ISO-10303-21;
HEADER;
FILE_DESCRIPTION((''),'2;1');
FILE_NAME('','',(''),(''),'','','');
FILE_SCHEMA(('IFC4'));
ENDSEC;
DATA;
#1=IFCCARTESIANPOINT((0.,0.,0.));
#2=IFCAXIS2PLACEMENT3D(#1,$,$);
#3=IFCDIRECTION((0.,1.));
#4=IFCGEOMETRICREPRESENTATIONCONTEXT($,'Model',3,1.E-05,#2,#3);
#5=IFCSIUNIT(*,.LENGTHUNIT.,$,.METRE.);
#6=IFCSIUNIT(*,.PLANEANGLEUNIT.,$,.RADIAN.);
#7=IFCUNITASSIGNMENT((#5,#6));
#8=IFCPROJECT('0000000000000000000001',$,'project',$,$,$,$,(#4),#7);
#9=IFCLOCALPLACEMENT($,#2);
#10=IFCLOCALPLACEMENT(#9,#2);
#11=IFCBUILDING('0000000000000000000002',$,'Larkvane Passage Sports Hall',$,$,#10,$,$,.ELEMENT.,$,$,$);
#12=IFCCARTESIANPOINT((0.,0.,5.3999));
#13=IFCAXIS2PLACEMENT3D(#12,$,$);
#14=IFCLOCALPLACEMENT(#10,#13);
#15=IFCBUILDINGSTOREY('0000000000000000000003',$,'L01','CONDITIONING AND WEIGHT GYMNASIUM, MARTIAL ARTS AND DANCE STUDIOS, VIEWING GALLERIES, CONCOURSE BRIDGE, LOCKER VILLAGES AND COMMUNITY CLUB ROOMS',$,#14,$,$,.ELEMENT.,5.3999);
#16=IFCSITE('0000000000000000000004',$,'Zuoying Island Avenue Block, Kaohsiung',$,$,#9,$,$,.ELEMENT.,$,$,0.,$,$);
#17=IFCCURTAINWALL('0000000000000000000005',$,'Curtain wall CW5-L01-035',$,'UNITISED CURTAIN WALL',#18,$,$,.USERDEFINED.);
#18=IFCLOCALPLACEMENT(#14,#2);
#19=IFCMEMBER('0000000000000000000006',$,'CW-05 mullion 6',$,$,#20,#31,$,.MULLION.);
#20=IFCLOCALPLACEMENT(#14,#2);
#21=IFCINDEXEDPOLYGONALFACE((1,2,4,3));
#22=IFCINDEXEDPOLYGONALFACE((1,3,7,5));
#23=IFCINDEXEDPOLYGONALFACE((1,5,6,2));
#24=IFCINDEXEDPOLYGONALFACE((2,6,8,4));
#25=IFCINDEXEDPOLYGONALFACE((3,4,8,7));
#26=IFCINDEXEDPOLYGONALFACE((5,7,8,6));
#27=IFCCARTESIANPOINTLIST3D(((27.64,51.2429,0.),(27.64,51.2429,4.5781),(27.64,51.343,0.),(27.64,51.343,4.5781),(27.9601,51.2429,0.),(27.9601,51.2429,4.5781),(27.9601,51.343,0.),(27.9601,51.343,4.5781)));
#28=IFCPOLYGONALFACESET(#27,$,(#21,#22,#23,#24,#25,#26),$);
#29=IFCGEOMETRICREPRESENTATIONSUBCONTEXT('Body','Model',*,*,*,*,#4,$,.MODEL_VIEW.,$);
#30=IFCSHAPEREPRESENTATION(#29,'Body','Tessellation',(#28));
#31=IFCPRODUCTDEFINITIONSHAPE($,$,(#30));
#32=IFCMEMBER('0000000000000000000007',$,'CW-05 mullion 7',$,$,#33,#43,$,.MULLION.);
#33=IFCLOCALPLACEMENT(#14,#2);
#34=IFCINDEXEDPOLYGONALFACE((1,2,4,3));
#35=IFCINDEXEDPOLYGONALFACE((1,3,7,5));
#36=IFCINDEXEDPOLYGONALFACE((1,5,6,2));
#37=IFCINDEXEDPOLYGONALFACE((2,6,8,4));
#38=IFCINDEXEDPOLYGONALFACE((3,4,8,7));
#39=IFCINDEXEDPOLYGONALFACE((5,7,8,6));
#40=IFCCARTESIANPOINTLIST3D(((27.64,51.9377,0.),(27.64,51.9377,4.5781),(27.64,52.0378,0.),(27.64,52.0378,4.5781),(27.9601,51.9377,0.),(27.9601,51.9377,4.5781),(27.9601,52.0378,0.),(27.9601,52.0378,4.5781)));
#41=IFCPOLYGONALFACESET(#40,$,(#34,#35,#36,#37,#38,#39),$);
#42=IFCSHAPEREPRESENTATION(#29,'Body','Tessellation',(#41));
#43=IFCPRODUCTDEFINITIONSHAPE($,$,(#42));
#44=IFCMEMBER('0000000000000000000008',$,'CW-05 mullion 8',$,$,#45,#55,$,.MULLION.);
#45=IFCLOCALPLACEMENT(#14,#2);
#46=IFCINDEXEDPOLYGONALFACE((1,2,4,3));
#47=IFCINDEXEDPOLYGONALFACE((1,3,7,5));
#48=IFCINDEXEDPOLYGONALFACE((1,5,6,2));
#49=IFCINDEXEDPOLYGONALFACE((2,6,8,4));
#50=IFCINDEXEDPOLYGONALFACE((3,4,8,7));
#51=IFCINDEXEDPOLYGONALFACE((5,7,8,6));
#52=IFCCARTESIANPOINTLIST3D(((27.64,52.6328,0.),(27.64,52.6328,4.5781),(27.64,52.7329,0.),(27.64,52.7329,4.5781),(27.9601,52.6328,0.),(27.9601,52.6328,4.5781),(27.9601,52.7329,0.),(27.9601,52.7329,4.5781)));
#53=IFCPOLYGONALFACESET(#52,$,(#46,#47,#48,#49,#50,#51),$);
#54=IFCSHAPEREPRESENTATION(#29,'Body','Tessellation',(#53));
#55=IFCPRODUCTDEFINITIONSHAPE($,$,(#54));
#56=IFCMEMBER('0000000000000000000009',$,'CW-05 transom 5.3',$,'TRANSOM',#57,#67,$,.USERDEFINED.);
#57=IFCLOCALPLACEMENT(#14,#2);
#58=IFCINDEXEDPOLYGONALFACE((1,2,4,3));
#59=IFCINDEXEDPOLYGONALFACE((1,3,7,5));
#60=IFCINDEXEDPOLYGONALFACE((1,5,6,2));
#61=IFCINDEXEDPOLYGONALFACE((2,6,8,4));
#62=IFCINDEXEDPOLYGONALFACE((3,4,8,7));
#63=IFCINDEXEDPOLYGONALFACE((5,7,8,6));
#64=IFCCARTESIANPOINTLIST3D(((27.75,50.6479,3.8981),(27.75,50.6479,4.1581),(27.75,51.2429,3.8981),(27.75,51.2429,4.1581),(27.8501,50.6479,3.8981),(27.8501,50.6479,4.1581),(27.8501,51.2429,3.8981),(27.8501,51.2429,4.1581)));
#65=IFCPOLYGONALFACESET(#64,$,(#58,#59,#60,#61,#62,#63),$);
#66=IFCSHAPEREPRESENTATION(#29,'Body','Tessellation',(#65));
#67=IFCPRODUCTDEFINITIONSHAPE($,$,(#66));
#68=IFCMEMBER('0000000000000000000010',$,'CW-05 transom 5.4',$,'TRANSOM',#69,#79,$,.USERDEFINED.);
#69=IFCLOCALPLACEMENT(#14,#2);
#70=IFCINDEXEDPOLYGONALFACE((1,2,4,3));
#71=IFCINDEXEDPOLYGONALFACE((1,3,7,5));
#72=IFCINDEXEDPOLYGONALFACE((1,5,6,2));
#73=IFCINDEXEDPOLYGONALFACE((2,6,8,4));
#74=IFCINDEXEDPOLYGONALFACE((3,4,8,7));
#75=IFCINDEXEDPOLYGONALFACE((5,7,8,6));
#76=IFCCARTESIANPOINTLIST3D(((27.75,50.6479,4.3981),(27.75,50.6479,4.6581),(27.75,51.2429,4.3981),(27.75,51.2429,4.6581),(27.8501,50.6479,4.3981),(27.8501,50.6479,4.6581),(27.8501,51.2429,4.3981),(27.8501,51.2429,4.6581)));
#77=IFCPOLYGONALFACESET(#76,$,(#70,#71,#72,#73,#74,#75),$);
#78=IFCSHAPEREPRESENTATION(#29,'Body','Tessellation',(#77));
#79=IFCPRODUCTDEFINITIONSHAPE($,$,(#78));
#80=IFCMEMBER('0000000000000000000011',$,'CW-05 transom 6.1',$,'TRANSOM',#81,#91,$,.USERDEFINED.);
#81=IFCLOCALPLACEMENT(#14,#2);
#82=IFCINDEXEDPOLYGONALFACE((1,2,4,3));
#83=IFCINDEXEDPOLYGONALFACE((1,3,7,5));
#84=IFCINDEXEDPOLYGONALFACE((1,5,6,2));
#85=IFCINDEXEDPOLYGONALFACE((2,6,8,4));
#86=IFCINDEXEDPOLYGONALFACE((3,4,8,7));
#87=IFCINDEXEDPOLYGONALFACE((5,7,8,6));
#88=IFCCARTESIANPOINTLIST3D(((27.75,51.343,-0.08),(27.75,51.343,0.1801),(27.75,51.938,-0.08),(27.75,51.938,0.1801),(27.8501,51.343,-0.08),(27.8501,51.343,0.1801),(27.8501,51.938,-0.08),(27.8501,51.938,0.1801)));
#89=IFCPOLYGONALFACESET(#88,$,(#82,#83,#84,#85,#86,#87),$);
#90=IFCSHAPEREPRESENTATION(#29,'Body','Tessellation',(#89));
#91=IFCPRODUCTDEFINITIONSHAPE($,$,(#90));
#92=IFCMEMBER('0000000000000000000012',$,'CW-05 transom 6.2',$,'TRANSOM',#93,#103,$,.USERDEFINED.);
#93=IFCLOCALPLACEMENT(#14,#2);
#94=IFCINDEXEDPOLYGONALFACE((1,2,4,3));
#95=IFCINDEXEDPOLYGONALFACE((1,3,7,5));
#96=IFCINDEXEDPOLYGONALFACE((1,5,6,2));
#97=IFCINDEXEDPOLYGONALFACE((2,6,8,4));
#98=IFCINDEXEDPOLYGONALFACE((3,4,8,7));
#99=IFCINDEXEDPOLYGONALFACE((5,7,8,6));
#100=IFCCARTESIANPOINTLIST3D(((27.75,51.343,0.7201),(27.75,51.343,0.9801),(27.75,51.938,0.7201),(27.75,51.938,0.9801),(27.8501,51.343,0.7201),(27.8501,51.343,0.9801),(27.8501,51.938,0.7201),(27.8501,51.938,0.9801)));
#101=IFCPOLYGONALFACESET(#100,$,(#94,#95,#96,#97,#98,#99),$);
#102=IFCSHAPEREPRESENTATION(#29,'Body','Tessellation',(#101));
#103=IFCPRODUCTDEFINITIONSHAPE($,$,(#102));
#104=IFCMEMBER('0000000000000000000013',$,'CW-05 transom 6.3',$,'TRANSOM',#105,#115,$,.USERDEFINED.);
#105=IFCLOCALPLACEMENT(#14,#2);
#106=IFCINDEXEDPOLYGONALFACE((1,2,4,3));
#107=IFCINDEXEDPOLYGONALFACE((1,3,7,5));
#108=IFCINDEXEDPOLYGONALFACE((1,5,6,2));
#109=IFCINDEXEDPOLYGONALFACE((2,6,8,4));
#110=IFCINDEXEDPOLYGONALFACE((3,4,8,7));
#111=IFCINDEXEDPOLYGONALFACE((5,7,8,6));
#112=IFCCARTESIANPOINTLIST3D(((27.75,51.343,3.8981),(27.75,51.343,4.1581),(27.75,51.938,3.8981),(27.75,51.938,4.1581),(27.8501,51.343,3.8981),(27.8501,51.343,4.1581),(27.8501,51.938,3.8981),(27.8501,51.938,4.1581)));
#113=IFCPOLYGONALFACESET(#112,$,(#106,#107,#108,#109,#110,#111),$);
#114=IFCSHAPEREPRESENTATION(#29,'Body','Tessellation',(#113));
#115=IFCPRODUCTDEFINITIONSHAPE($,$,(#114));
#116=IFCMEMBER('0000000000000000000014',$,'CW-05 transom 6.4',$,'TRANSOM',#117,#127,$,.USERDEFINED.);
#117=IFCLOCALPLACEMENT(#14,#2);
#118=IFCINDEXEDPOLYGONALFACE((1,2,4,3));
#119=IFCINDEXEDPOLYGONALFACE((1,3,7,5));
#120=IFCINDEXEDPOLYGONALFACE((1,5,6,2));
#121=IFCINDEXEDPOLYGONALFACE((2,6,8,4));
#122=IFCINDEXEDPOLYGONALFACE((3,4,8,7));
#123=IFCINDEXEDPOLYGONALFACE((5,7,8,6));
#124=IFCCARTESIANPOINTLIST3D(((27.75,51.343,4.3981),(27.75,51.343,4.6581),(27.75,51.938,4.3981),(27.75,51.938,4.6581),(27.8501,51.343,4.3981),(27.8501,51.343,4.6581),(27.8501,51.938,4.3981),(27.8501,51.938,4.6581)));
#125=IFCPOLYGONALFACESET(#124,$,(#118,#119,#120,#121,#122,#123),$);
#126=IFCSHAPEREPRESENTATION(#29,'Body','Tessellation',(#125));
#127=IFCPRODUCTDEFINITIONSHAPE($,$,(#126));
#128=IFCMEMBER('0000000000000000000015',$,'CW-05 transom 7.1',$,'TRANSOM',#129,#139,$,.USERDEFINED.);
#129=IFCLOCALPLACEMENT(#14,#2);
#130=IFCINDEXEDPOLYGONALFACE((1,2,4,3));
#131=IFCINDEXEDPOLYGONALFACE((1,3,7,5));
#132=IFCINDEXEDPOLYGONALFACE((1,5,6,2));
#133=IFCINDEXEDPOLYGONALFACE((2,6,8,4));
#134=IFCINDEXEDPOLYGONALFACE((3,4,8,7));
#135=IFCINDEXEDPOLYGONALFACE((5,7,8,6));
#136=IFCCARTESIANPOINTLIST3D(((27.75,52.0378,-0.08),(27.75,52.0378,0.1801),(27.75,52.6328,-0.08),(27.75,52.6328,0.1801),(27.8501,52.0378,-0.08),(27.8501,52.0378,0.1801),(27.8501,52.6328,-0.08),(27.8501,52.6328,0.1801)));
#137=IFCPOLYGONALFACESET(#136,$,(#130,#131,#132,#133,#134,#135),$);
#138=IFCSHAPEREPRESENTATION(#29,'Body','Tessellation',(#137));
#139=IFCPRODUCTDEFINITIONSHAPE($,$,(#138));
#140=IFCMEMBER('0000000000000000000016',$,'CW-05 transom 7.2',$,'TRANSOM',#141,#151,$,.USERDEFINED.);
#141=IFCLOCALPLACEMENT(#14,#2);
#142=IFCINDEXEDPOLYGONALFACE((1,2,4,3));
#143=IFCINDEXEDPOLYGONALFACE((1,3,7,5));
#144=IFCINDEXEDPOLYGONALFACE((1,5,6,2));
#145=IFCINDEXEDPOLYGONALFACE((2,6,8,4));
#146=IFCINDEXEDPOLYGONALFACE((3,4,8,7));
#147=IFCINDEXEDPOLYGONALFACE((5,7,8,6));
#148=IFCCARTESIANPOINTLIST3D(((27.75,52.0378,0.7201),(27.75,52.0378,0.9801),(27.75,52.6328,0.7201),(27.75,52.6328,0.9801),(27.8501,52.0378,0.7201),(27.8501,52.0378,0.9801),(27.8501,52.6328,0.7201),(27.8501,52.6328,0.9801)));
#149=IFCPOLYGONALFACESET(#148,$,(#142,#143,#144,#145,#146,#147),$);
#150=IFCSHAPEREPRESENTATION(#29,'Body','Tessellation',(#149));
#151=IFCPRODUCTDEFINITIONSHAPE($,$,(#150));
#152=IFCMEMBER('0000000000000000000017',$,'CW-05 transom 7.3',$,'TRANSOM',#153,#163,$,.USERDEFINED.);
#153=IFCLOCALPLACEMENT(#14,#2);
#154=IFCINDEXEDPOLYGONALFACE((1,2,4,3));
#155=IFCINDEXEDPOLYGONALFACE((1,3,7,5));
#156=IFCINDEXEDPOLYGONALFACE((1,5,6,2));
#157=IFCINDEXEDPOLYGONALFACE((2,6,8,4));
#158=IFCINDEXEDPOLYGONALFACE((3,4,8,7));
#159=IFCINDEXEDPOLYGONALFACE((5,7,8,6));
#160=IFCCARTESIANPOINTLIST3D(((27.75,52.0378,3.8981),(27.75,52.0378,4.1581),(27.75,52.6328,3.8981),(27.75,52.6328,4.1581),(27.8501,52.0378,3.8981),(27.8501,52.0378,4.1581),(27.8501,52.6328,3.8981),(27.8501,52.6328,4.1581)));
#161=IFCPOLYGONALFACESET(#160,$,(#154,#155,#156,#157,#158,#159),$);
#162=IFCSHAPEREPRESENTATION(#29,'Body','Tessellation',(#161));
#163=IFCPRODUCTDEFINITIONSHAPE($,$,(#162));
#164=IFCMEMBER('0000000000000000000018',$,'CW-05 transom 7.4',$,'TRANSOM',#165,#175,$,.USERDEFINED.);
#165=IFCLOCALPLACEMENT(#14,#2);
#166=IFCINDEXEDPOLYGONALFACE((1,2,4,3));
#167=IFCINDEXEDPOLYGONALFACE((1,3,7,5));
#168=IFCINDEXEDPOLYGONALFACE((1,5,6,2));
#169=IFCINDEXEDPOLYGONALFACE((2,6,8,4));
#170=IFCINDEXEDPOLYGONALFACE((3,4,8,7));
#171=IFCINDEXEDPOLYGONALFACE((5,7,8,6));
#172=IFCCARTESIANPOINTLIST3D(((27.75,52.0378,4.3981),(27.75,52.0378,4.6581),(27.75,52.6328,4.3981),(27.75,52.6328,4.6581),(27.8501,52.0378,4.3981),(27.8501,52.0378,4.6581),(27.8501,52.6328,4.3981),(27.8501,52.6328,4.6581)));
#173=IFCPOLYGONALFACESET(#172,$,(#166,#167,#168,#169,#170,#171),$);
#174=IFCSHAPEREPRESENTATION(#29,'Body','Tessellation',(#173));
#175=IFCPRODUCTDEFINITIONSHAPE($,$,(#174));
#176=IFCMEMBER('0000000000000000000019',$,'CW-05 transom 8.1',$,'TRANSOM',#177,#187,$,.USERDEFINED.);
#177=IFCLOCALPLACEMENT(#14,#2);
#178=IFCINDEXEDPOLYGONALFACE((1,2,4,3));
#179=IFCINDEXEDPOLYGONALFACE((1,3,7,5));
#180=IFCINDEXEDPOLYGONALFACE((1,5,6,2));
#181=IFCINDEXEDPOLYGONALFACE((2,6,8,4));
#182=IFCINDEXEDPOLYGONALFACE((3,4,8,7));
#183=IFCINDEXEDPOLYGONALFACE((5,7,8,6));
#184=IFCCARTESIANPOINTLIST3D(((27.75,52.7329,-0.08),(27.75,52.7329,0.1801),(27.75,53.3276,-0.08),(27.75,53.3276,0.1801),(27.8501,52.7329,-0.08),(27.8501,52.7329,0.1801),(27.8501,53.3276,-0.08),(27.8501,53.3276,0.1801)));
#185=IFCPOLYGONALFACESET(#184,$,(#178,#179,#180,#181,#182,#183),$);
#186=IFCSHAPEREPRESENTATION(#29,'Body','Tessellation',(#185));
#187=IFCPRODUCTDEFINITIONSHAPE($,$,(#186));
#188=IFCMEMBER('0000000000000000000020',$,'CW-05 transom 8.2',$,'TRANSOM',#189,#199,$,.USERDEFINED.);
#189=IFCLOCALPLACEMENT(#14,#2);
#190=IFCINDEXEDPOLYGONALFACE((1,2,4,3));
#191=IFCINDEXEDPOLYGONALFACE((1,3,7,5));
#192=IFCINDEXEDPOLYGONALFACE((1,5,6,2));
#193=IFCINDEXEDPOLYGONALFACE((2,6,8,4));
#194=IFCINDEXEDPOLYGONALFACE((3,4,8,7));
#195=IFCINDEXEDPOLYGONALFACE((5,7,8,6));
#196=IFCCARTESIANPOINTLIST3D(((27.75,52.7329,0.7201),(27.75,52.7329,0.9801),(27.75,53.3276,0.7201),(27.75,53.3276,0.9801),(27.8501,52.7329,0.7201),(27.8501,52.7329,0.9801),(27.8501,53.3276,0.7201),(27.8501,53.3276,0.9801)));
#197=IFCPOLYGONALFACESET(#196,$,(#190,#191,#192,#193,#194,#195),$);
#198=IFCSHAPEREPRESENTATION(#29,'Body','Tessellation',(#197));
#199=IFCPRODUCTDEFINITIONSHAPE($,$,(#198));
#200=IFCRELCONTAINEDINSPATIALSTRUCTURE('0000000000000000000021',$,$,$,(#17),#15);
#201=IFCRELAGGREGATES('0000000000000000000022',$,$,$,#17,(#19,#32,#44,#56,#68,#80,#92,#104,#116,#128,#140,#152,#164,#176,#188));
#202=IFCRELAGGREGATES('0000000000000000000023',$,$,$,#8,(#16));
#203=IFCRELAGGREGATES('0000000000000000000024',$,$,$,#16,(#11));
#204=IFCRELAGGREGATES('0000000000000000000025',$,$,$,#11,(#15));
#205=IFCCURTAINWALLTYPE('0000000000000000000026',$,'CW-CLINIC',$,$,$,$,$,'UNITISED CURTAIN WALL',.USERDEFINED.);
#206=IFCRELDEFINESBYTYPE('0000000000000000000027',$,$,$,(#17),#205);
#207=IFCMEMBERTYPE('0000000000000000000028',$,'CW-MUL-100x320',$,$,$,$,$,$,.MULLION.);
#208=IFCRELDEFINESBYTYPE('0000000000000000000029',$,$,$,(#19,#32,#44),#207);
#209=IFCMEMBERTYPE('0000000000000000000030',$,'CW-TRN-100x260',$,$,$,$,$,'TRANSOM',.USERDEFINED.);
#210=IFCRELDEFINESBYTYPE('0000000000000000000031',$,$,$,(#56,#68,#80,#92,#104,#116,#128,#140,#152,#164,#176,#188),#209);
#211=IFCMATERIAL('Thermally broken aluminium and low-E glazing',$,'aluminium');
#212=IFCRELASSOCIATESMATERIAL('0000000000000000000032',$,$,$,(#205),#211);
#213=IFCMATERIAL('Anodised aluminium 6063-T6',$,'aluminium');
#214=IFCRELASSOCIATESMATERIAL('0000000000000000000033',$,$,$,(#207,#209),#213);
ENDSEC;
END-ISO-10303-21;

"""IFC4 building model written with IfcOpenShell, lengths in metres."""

from ifc_helpers import new_model, si_unit, direction, frame, origin, origin_2d, place, context, subcontext, project, spatial, rectangle, extrude, material, material_profile, profile_set, type_object, element, aggregate, save


model = new_model("IFC4")

# Units and contexts
model_context = context("Model", 3, precision=1e-05, world=origin(), true_north=direction((0.0, 1.0)))
body_context = subcontext(model_context, "Body", "Model", "MODEL_VIEW")
ifc_project = project(units=[si_unit("LENGTHUNIT", "METRE"), si_unit("PLANEANGLEUNIT", "RADIAN")], contexts=[model_context])

# Site, building, storey
site_placement = place(None, origin())
site = spatial("IfcSite", under=ifc_project, at=site_placement, Name="Zuoying Island Avenue Block, Kaohsiung", CompositionType="ELEMENT", RefElevation=0.0)
building_placement = place(site_placement, origin())
building = spatial("IfcBuilding", under=site, at=building_placement, Name="Larkvane Passage Sports Hall", CompositionType="ELEMENT")
storey_placement = place(building_placement, frame((0.0, 0.0, 5.3999)))
storey = spatial("IfcBuildingStorey", under=building, at=storey_placement, Name="L01", Description="CONDITIONING AND WEIGHT GYMNASIUM, MARTIAL ARTS AND DANCE STUDIOS, VIEWING GALLERIES, CONCOURSE BRIDGE, LOCKER VILLAGES AND COMMUNITY CLUB ROOMS", CompositionType="ELEMENT", Elevation=5.3999)

# Curtain wall, members
ifc_material_1 = material(Name="Thermally broken aluminium and low-E glazing", Category="aluminium")
curtain_wall_type = type_object("IfcCurtainWallType", Name="CW-CLINIC", ElementType="UNITISED CURTAIN WALL", PredefinedType="USERDEFINED", material=ifc_material_1)
curtain_wall_placement = place(storey_placement, origin())
curtain_wall = element("IfcCurtainWall", 1, at=curtain_wall_placement, inside=storey, type_object=curtain_wall_type, Name="Curtain wall CW5-L01-035", ObjectType="UNITISED CURTAIN WALL", PredefinedType="USERDEFINED")
ifc_material_2 = material(Name="Anodised aluminium 6063-T6", Category="aluminium")
ifc_material_profile_1 = material_profile(ifc_material_2, rectangle(XDim=0.1001, YDim=0.3201, at=origin_2d()), Name="ALU-MUL-100x320")
ifc_profile_set_1 = profile_set([ifc_material_profile_1], Name="Anodised aluminium 6063-T6")
member_type_1 = type_object("IfcMemberType", Name="CW-MUL-100x320", PredefinedType="MULLION", material=ifc_profile_set_1)
member_1_placement = place(storey_placement, frame((27.8, 51.293, 0.0), z_axis=(0.0, 0.0, 1.0), x_axis=(0.0, 1.0, 0.0)))
member_1 = element("IfcMember", 2, at=member_1_placement, type_object=member_type_1, Name="CW-05 mullion 6", PredefinedType="MULLION", context=body_context, shape_type="SweptSolid", body=[
    extrude(rectangle(XDim=0.1001, YDim=0.3201, at=origin_2d()), origin(), (0.0, 0.0, 1.0), 4.5781),
])
member_2_placement = place(storey_placement, frame((27.8, 51.9878, 0.0), z_axis=(0.0, 0.0, 1.0), x_axis=(0.0, 1.0, 0.0)))
member_2 = element("IfcMember", 3, at=member_2_placement, type_object=member_type_1, Name="CW-05 mullion 7", PredefinedType="MULLION", context=body_context, shape_type="SweptSolid", body=[
    extrude(rectangle(XDim=0.1001, YDim=0.3201, at=origin_2d()), origin(), (0.0, 0.0, 1.0), 4.5781),
])
member_3_placement = place(storey_placement, frame((27.8, 52.6829, 0.0), z_axis=(0.0, 0.0, 1.0), x_axis=(0.0, 1.0, 0.0)))
member_3 = element("IfcMember", 4, at=member_3_placement, type_object=member_type_1, Name="CW-05 mullion 8", PredefinedType="MULLION", context=body_context, shape_type="SweptSolid", body=[
    extrude(rectangle(XDim=0.1001, YDim=0.3201, at=origin_2d()), origin(), (0.0, 0.0, 1.0), 4.5781),
])
ifc_material_profile_2 = material_profile(ifc_material_2, rectangle(XDim=0.1001, YDim=0.26, at=origin_2d()), Name="ALU-TRN-100x260")
ifc_profile_set_2 = profile_set([ifc_material_profile_2], Name="Anodised aluminium 6063-T6")
member_type_2 = type_object("IfcMemberType", Name="CW-TRN-100x260", ElementType="TRANSOM", PredefinedType="USERDEFINED", material=ifc_profile_set_2)
member_4_placement = place(storey_placement, frame((27.8, 50.6479, 4.0281), z_axis=(0.0, 1.0, 0.0), x_axis=(-1.0, 0.0, 0.0)))
member_4 = element("IfcMember", 5, at=member_4_placement, type_object=member_type_2, Name="CW-05 transom 5.3", ObjectType="TRANSOM", PredefinedType="USERDEFINED", context=body_context, shape_type="SweptSolid", body=[
    extrude(rectangle(XDim=0.1001, YDim=0.26, at=origin_2d()), origin(), (0.0, 0.0, 1.0), 0.595),
])
member_5_placement = place(storey_placement, frame((27.8, 50.6479, 4.5281), z_axis=(0.0, 1.0, 0.0), x_axis=(-1.0, 0.0, 0.0)))
member_5 = element("IfcMember", 6, at=member_5_placement, type_object=member_type_2, Name="CW-05 transom 5.4", ObjectType="TRANSOM", PredefinedType="USERDEFINED", context=body_context, shape_type="SweptSolid", body=[
    extrude(rectangle(XDim=0.1001, YDim=0.26, at=origin_2d()), origin(), (0.0, 0.0, 1.0), 0.595),
])
member_6_placement = place(storey_placement, frame((27.8, 51.343, 0.05), z_axis=(0.0, 1.0, 0.0), x_axis=(-1.0, 0.0, 0.0)))
member_6 = element("IfcMember", 7, at=member_6_placement, type_object=member_type_2, Name="CW-05 transom 6.1", ObjectType="TRANSOM", PredefinedType="USERDEFINED", context=body_context, shape_type="SweptSolid", body=[
    extrude(rectangle(XDim=0.1001, YDim=0.26, at=origin_2d()), origin(), (0.0, 0.0, 1.0), 0.595),
])
member_7_placement = place(storey_placement, frame((27.8, 51.343, 0.8501), z_axis=(0.0, 1.0, 0.0), x_axis=(-1.0, 0.0, 0.0)))
member_7 = element("IfcMember", 8, at=member_7_placement, type_object=member_type_2, Name="CW-05 transom 6.2", ObjectType="TRANSOM", PredefinedType="USERDEFINED", context=body_context, shape_type="SweptSolid", body=[
    extrude(rectangle(XDim=0.1001, YDim=0.26, at=origin_2d()), origin(), (0.0, 0.0, 1.0), 0.595),
])
member_8_placement = place(storey_placement, frame((27.8, 51.343, 4.0281), z_axis=(0.0, 1.0, 0.0), x_axis=(-1.0, 0.0, 0.0)))
member_8 = element("IfcMember", 9, at=member_8_placement, type_object=member_type_2, Name="CW-05 transom 6.3", ObjectType="TRANSOM", PredefinedType="USERDEFINED", context=body_context, shape_type="SweptSolid", body=[
    extrude(rectangle(XDim=0.1001, YDim=0.26, at=origin_2d()), origin(), (0.0, 0.0, 1.0), 0.595),
])
member_9_placement = place(storey_placement, frame((27.8, 51.343, 4.5281), z_axis=(0.0, 1.0, 0.0), x_axis=(-1.0, 0.0, 0.0)))
member_9 = element("IfcMember", 10, at=member_9_placement, type_object=member_type_2, Name="CW-05 transom 6.4", ObjectType="TRANSOM", PredefinedType="USERDEFINED", context=body_context, shape_type="SweptSolid", body=[
    extrude(rectangle(XDim=0.1001, YDim=0.26, at=origin_2d()), origin(), (0.0, 0.0, 1.0), 0.595),
])
member_10_placement = place(storey_placement, frame((27.8, 52.0378, 0.05), z_axis=(0.0, 1.0, 0.0), x_axis=(-1.0, 0.0, 0.0)))
member_10 = element("IfcMember", 11, at=member_10_placement, type_object=member_type_2, Name="CW-05 transom 7.1", ObjectType="TRANSOM", PredefinedType="USERDEFINED", context=body_context, shape_type="SweptSolid", body=[
    extrude(rectangle(XDim=0.1001, YDim=0.26, at=origin_2d()), origin(), (0.0, 0.0, 1.0), 0.595),
])
member_11_placement = place(storey_placement, frame((27.8, 52.0378, 0.8501), z_axis=(0.0, 1.0, 0.0), x_axis=(-1.0, 0.0, 0.0)))
member_11 = element("IfcMember", 12, at=member_11_placement, type_object=member_type_2, Name="CW-05 transom 7.2", ObjectType="TRANSOM", PredefinedType="USERDEFINED", context=body_context, shape_type="SweptSolid", body=[
    extrude(rectangle(XDim=0.1001, YDim=0.26, at=origin_2d()), origin(), (0.0, 0.0, 1.0), 0.595),
])
member_12_placement = place(storey_placement, frame((27.8, 52.0378, 4.0281), z_axis=(0.0, 1.0, 0.0), x_axis=(-1.0, 0.0, 0.0)))
member_12 = element("IfcMember", 13, at=member_12_placement, type_object=member_type_2, Name="CW-05 transom 7.3", ObjectType="TRANSOM", PredefinedType="USERDEFINED", context=body_context, shape_type="SweptSolid", body=[
    extrude(rectangle(XDim=0.1001, YDim=0.26, at=origin_2d()), origin(), (0.0, 0.0, 1.0), 0.595),
])
member_13_placement = place(storey_placement, frame((27.8, 52.0378, 4.5281), z_axis=(0.0, 1.0, 0.0), x_axis=(-1.0, 0.0, 0.0)))
member_13 = element("IfcMember", 14, at=member_13_placement, type_object=member_type_2, Name="CW-05 transom 7.4", ObjectType="TRANSOM", PredefinedType="USERDEFINED", context=body_context, shape_type="SweptSolid", body=[
    extrude(rectangle(XDim=0.1001, YDim=0.26, at=origin_2d()), origin(), (0.0, 0.0, 1.0), 0.595),
])
member_14_placement = place(storey_placement, frame((27.8, 52.7329, 0.05), z_axis=(0.0, 1.0, 0.0), x_axis=(-1.0, 0.0, 0.0)))
member_14 = element("IfcMember", 15, at=member_14_placement, type_object=member_type_2, Name="CW-05 transom 8.1", ObjectType="TRANSOM", PredefinedType="USERDEFINED", context=body_context, shape_type="SweptSolid", body=[
    extrude(rectangle(XDim=0.1001, YDim=0.26, at=origin_2d()), origin(), (0.0, 0.0, 1.0), 0.5947),
])
member_15_placement = place(storey_placement, frame((27.8, 52.7329, 0.8501), z_axis=(0.0, 1.0, 0.0), x_axis=(-1.0, 0.0, 0.0)))
member_15 = element("IfcMember", 16, at=member_15_placement, type_object=member_type_2, Name="CW-05 transom 8.2", ObjectType="TRANSOM", PredefinedType="USERDEFINED", context=body_context, shape_type="SweptSolid", body=[
    extrude(rectangle(XDim=0.1001, YDim=0.26, at=origin_2d()), origin(), (0.0, 0.0, 1.0), 0.5947),
])
aggregate(curtain_wall, [member_1, member_2, member_3, member_4, member_5, member_6, member_7, member_8, member_9, member_10, member_11, member_12, member_13, member_14, member_15])

save(model, "model.ifc")
